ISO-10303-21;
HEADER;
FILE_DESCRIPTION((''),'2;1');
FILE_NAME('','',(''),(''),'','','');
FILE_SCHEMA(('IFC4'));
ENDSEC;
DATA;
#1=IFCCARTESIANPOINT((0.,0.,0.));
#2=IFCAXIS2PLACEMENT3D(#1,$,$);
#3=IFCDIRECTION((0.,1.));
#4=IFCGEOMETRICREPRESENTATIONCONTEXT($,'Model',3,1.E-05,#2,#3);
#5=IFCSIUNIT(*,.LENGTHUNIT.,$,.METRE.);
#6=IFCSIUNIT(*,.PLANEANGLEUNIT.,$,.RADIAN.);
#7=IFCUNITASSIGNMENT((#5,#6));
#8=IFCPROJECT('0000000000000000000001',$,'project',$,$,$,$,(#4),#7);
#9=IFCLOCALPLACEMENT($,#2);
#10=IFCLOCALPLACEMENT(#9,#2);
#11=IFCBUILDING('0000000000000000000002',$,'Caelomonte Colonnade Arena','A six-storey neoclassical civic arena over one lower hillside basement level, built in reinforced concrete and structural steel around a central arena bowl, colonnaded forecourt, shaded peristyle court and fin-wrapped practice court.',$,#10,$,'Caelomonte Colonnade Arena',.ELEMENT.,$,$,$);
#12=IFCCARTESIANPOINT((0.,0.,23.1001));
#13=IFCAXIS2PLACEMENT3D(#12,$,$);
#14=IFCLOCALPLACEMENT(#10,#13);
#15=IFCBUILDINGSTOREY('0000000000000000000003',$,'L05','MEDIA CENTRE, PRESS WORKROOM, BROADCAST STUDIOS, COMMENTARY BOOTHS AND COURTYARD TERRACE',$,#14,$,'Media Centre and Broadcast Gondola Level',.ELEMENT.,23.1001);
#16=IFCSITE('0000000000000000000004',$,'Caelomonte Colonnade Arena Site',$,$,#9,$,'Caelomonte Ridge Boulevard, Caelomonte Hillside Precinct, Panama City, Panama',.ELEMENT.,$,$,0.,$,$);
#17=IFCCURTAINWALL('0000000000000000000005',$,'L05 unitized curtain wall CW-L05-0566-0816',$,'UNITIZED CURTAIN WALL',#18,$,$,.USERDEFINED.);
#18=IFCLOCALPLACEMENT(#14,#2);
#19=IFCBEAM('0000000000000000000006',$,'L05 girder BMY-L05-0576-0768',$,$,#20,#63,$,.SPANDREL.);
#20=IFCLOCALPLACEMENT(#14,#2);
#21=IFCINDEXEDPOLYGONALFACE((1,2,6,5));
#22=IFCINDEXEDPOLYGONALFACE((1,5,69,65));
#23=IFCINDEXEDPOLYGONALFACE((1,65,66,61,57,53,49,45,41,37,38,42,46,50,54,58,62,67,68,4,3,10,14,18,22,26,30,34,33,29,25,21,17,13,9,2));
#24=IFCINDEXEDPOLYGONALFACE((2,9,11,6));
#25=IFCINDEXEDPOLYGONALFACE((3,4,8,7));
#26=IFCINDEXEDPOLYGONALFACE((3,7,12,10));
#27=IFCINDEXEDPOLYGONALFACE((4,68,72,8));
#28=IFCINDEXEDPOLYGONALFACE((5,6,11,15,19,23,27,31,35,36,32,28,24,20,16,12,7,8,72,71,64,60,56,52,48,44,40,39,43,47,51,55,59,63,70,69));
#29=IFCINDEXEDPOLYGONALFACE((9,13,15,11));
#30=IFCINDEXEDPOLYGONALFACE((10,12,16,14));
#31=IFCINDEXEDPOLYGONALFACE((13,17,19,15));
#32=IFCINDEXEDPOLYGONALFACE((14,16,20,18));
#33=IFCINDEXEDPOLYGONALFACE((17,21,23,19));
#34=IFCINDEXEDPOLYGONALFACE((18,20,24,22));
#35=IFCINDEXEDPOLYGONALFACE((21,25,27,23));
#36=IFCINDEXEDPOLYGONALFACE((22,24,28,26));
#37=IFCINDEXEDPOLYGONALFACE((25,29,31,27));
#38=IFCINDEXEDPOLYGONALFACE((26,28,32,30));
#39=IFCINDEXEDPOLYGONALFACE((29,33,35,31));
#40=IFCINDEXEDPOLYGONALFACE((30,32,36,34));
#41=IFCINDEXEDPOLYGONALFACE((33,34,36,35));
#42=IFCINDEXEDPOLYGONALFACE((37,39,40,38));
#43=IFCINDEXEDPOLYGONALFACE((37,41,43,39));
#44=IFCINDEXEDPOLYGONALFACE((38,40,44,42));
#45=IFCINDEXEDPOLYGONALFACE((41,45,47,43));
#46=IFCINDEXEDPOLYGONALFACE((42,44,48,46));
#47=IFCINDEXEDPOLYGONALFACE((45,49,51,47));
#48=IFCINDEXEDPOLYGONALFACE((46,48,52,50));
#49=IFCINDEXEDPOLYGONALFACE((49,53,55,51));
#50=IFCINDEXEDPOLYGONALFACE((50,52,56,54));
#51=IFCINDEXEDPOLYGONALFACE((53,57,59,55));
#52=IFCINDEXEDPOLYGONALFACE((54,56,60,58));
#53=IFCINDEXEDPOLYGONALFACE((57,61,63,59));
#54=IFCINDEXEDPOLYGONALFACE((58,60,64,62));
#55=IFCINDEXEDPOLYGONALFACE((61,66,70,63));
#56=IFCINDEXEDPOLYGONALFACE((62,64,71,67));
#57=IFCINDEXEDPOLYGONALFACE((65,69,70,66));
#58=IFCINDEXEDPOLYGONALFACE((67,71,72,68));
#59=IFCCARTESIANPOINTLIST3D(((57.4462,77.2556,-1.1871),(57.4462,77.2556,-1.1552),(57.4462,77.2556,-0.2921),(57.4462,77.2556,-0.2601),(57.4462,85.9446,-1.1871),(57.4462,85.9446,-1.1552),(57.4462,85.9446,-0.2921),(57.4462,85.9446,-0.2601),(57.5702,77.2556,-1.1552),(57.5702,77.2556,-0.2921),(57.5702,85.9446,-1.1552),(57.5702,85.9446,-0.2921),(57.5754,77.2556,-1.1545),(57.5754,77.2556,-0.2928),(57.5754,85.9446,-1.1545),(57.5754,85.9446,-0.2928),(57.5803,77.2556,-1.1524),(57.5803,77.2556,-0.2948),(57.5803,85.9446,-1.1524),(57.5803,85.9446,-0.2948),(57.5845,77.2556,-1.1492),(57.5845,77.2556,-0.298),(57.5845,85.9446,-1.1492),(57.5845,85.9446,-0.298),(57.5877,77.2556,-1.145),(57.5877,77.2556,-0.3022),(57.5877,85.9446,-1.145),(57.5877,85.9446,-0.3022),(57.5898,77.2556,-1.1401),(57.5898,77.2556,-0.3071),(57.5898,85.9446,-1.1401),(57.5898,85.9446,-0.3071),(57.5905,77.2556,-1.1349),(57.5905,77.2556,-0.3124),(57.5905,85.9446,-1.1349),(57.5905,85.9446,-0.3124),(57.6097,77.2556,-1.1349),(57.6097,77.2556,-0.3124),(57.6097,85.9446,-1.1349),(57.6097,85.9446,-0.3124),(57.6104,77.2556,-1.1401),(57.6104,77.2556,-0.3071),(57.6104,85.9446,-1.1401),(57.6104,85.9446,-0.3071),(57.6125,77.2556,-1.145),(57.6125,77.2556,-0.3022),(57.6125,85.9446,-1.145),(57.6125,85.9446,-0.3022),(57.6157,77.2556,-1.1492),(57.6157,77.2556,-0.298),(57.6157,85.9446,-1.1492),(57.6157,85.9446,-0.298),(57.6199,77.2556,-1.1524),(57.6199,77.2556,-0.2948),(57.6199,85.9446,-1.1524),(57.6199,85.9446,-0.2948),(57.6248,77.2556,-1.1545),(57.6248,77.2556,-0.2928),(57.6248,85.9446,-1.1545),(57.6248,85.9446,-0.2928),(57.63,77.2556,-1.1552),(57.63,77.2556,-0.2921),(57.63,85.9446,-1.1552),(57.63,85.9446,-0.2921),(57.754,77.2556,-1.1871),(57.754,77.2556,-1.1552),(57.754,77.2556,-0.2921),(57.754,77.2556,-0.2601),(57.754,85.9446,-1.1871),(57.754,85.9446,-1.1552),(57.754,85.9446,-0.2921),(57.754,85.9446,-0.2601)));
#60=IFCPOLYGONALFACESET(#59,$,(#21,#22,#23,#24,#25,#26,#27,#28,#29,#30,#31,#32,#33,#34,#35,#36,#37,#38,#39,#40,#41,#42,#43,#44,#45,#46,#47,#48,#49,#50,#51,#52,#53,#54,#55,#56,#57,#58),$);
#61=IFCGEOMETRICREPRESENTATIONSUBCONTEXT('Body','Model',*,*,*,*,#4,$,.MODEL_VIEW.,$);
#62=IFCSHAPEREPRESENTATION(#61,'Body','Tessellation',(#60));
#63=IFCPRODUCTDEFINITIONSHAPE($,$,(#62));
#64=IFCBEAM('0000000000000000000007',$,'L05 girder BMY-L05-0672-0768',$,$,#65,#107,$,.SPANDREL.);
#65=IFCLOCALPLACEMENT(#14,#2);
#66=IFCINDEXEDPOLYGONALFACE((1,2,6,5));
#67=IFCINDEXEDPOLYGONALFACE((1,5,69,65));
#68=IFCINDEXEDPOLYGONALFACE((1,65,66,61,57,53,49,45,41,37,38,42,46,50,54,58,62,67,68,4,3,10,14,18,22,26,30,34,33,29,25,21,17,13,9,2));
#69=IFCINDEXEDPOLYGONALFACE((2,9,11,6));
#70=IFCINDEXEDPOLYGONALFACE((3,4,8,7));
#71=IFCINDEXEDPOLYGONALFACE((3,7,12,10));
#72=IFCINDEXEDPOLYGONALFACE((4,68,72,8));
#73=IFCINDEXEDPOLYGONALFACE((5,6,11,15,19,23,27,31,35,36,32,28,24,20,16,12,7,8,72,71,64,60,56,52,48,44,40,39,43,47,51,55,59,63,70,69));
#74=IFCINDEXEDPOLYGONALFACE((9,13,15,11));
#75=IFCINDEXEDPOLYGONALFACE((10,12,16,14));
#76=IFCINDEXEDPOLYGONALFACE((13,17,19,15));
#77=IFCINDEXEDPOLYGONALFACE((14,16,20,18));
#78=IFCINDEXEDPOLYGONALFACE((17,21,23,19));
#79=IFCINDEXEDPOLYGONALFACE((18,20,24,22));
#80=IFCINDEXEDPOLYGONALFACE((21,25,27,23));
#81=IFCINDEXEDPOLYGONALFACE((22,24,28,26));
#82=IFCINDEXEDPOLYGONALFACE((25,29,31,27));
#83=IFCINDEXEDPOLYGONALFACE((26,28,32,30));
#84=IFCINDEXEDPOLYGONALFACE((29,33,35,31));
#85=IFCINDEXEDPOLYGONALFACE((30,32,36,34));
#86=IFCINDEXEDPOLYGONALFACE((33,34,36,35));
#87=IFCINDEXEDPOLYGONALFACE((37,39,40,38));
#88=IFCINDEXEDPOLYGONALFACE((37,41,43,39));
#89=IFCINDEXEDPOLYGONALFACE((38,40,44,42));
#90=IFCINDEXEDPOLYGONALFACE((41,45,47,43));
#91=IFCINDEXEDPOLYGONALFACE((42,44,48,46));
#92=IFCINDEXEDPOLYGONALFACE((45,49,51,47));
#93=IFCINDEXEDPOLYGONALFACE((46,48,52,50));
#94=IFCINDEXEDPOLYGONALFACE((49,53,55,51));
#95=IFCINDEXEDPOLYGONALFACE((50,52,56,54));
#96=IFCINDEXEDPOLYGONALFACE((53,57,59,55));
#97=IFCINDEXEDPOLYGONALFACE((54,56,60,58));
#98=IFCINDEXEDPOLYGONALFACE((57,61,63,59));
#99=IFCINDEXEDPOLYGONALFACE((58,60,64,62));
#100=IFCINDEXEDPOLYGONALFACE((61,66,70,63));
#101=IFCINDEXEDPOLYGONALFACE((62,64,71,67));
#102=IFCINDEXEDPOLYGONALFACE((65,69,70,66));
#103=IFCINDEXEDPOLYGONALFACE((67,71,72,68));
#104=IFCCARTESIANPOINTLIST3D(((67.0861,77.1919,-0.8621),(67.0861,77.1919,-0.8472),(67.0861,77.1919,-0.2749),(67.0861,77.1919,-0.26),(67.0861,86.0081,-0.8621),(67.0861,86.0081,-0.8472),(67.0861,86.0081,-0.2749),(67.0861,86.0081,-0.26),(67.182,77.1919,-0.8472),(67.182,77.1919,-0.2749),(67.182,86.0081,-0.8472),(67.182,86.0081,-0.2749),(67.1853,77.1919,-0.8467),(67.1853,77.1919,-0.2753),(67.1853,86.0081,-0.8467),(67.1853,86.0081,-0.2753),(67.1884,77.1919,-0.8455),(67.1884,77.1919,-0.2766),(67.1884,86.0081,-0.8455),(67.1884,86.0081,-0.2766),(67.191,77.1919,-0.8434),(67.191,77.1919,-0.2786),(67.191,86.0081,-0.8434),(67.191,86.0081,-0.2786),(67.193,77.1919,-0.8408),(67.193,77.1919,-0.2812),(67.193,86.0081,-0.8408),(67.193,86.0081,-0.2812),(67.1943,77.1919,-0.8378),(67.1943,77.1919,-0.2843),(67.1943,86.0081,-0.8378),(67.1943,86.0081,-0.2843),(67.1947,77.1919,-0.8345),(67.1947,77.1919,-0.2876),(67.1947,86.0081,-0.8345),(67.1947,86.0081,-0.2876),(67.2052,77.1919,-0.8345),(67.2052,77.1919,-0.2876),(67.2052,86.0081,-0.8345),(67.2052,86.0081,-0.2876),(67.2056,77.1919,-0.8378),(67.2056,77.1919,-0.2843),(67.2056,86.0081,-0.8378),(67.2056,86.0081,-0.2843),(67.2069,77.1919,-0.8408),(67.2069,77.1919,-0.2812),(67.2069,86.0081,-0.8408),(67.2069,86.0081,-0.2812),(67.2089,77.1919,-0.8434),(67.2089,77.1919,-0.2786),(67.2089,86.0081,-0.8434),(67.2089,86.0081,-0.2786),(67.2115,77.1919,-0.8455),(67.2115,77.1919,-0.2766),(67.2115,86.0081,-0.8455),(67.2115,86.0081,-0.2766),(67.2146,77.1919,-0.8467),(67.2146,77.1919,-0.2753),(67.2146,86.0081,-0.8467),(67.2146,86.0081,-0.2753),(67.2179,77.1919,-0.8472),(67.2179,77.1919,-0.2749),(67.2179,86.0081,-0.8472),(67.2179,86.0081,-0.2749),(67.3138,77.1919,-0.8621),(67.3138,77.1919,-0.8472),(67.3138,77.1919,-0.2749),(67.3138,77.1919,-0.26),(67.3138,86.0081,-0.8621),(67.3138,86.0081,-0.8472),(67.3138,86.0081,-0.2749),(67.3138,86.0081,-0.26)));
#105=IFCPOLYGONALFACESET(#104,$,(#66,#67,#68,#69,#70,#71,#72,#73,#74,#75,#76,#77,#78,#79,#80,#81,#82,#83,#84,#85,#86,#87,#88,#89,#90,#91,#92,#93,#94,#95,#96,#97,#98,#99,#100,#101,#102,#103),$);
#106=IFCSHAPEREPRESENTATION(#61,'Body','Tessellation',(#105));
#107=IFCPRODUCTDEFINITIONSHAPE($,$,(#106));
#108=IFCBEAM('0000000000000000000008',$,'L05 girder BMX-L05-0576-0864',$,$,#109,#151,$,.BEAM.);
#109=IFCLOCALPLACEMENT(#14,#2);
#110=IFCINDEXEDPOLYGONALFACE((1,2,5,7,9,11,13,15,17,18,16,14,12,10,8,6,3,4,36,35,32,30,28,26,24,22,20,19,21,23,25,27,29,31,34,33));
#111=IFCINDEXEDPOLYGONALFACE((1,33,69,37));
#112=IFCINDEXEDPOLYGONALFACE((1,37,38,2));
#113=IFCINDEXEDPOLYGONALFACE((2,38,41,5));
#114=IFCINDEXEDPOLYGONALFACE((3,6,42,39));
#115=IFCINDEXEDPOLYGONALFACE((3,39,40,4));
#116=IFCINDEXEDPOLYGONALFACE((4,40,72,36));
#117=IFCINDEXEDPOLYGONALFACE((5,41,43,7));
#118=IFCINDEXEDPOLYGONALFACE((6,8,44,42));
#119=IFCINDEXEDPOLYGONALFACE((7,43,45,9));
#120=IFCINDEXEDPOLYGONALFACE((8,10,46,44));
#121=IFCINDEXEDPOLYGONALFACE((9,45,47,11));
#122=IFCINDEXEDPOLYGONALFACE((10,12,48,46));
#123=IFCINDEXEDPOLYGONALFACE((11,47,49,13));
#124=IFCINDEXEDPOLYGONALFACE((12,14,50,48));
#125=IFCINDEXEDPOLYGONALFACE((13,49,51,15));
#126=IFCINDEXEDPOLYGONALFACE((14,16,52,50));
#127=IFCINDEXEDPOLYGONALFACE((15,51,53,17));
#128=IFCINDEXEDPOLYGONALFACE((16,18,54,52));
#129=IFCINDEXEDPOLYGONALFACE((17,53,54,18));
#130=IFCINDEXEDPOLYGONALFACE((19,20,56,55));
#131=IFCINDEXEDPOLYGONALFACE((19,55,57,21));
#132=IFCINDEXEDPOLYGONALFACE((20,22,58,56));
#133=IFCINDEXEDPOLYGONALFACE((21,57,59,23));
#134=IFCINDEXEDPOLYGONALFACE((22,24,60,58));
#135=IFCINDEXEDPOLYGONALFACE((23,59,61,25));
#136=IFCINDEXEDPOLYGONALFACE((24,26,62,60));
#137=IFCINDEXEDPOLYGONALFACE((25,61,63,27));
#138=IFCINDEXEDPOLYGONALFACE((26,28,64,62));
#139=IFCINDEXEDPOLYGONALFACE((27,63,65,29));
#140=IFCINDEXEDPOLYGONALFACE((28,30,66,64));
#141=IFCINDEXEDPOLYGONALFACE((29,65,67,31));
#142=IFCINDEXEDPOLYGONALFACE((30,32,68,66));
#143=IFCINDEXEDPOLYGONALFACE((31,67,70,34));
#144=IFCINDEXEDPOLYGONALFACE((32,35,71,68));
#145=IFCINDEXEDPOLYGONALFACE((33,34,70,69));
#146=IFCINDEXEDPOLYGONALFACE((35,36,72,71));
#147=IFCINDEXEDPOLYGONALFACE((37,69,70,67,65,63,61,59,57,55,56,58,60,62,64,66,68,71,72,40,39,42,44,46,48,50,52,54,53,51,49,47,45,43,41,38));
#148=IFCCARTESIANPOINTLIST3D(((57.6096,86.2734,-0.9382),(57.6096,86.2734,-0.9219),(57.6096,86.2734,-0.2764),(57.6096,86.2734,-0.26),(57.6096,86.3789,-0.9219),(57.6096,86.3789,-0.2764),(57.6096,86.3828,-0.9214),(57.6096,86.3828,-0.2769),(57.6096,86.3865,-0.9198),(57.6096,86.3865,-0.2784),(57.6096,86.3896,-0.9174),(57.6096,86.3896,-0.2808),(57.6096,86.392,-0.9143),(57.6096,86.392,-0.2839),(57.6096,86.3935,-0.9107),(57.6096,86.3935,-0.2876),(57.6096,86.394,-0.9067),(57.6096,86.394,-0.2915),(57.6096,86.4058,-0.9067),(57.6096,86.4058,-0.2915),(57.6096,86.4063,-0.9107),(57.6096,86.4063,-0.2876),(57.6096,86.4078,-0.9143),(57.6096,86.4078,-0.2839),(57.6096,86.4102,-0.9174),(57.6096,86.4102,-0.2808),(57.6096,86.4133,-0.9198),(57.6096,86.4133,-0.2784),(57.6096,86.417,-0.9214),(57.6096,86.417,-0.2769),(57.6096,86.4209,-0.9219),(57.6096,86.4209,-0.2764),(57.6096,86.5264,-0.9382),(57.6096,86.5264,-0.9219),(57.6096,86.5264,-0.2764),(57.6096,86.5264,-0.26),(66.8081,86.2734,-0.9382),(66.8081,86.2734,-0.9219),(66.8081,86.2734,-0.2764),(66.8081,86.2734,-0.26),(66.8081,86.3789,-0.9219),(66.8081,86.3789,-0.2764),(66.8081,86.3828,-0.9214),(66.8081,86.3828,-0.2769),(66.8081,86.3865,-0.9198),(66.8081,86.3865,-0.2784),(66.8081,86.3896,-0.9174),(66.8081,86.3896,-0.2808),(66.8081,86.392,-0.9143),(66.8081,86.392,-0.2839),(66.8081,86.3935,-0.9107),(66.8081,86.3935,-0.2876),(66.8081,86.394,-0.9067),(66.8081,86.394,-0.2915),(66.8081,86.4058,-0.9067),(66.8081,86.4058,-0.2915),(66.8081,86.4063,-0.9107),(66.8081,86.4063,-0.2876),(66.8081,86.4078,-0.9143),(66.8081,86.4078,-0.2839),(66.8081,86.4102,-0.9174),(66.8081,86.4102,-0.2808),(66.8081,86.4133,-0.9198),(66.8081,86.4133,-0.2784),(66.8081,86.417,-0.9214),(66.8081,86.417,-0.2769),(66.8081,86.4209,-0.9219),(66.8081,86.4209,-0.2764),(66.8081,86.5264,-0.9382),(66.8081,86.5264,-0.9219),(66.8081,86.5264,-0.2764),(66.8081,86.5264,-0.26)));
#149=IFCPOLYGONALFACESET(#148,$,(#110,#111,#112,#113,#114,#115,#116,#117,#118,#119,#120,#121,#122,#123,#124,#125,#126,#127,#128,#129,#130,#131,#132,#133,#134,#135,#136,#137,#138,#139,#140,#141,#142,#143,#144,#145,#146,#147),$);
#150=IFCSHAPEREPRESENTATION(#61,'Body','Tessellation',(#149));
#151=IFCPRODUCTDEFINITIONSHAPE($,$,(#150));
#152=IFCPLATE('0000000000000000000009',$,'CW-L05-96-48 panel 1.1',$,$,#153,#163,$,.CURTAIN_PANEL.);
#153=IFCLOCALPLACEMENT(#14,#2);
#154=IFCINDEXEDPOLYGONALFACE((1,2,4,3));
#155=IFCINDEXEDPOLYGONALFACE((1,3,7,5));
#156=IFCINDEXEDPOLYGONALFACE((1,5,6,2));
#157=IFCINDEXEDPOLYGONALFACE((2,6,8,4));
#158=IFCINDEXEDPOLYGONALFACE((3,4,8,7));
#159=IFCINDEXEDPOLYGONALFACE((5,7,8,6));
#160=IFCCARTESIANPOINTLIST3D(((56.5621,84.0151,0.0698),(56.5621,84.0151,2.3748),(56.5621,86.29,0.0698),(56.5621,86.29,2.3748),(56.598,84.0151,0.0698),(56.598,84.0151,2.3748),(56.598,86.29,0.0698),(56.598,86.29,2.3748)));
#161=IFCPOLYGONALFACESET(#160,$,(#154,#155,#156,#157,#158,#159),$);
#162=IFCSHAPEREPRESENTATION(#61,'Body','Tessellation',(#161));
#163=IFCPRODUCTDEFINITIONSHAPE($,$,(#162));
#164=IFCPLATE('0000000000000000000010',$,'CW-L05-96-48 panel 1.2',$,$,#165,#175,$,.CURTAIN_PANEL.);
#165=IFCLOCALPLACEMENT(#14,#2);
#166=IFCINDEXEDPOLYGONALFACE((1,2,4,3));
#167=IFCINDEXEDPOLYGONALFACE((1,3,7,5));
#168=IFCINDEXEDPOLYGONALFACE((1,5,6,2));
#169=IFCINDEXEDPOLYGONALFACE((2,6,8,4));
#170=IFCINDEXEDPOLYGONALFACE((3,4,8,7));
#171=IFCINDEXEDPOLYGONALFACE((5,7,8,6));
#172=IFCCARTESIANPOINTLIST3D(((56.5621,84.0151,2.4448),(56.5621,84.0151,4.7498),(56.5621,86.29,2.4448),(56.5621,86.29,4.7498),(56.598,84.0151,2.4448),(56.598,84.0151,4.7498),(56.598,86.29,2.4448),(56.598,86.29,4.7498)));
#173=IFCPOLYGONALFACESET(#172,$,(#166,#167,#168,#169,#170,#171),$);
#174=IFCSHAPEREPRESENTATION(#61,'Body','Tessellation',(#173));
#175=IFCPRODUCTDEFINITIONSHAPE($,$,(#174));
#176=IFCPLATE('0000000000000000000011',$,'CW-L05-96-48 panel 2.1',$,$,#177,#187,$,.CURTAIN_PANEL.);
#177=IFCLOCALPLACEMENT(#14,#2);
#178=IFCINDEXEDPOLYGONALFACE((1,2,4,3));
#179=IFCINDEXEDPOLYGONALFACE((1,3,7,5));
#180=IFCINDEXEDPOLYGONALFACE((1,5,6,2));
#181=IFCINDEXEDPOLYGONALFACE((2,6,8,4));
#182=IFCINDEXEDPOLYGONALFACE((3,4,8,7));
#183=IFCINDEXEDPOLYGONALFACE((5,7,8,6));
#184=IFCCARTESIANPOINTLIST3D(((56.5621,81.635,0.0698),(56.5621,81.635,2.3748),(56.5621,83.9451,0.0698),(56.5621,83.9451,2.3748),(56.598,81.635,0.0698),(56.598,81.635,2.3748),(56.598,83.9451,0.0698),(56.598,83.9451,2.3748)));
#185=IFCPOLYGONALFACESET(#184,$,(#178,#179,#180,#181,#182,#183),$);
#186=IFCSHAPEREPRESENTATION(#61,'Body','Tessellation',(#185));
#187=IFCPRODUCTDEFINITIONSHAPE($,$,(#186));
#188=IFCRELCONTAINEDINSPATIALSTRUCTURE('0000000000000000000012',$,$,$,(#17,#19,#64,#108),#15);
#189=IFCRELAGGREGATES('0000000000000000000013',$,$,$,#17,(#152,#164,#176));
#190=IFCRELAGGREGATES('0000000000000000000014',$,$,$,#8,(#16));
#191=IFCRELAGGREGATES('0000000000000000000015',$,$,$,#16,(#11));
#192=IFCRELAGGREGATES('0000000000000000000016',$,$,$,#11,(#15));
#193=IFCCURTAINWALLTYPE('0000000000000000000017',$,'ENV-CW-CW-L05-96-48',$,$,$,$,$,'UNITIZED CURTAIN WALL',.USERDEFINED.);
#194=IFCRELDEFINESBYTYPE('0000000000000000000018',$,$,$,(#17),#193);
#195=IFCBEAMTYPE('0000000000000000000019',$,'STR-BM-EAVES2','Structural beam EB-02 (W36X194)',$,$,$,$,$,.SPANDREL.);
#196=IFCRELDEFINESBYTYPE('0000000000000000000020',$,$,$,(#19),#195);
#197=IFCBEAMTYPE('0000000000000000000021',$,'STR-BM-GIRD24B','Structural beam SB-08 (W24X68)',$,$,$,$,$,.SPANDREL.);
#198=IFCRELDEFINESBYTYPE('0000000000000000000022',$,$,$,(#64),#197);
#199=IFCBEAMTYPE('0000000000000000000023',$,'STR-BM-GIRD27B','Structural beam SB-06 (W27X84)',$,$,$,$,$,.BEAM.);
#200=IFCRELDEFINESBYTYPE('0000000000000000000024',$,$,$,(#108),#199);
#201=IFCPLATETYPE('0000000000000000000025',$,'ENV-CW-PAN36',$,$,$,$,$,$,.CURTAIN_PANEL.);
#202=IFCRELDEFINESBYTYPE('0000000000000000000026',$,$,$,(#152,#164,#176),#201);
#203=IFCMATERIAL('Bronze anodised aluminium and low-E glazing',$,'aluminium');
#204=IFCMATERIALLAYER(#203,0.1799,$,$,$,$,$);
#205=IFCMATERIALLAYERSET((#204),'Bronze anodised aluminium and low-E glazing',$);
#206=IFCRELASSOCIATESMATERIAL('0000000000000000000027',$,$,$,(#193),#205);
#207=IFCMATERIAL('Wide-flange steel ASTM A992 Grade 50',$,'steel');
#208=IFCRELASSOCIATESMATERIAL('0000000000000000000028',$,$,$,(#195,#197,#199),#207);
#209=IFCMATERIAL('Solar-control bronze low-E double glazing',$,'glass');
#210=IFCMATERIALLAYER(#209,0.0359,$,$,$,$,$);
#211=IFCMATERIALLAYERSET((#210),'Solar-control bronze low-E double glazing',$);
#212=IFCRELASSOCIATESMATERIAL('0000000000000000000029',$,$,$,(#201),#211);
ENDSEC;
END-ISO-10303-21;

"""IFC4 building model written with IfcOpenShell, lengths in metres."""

from ifc_helpers import new_model, si_unit, direction, frame, origin, origin_2d, place, context, subcontext, project, spatial, rectangle, i_section, extrude, material, layer, layer_set, material_profile, profile_set, type_object, element, aggregate, save


model = new_model("IFC4")

# Units and contexts
model_context = context("Model", 3, precision=1e-05, world=origin(), true_north=direction((0.0, 1.0)))
body_context = subcontext(model_context, "Body", "Model", "MODEL_VIEW")
ifc_project = project(units=[si_unit("LENGTHUNIT", "METRE"), si_unit("PLANEANGLEUNIT", "RADIAN")], contexts=[model_context])

# Site, building, storey
site_placement = place(None, origin())
site = spatial("IfcSite", under=ifc_project, at=site_placement, Name="Caelomonte Colonnade Arena Site", LongName="Caelomonte Ridge Boulevard, Caelomonte Hillside Precinct, Panama City, Panama", CompositionType="ELEMENT", RefElevation=0.0)
building_placement = place(site_placement, origin())
building = spatial("IfcBuilding", under=site, at=building_placement, Name="Caelomonte Colonnade Arena", Description="A six-storey neoclassical civic arena over one lower hillside basement level, built in reinforced concrete and structural steel around a central arena bowl, colonnaded forecourt, shaded peristyle court and fin-wrapped practice court.", LongName="Caelomonte Colonnade Arena", CompositionType="ELEMENT")
storey_placement = place(building_placement, frame((0.0, 0.0, 23.1001)))
storey = spatial("IfcBuildingStorey", under=building, at=storey_placement, Name="L05", Description="MEDIA CENTRE, PRESS WORKROOM, BROADCAST STUDIOS, COMMENTARY BOOTHS AND COURTYARD TERRACE", LongName="Media Centre and Broadcast Gondola Level", CompositionType="ELEMENT", Elevation=23.1001)

# Shared definitions
ifc_material_1 = material(Name="Wide-flange steel ASTM A992 Grade 50", Category="steel")

# Curtain wall
ifc_material_2 = material(Name="Bronze anodised aluminium and low-E glazing", Category="aluminium")
ifc_layer_1 = layer(ifc_material_2, 0.1799)
ifc_layer_set_1 = layer_set([ifc_layer_1], Name="Bronze anodised aluminium and low-E glazing")
curtain_wall_type = type_object("IfcCurtainWallType", Name="ENV-CW-CW-L05-96-48", ElementType="UNITIZED CURTAIN WALL", PredefinedType="USERDEFINED", material=ifc_layer_set_1)
curtain_wall_placement = place(storey_placement, origin())
curtain_wall = element("IfcCurtainWall", 1, at=curtain_wall_placement, inside=storey, type_object=curtain_wall_type, Name="L05 unitized curtain wall CW-L05-0566-0816", ObjectType="UNITIZED CURTAIN WALL", PredefinedType="USERDEFINED")

# Beams
ifc_material_profile_1 = material_profile(ifc_material_1, i_section(OverallWidth=0.3079, OverallDepth=0.927, WebThickness=0.0193, FlangeThickness=0.032, FilletRadius=0.0203, at=origin_2d()), Name="W36X194")
ifc_profile_set_1 = profile_set([ifc_material_profile_1], Name="Wide-flange steel ASTM A992 Grade 50")
beam_type_1 = type_object("IfcBeamType", Name="STR-BM-EAVES2", Description="Structural beam EB-02 (W36X194)", PredefinedType="SPANDREL", material=ifc_profile_set_1)
beam_1_placement = place(storey_placement, frame((57.6001, 77.2556, -0.7236), z_axis=(0.0, 1.0, 0.0), x_axis=(-1.0, 0.0, 0.0)))
element("IfcBeam", 2, at=beam_1_placement, inside=storey, type_object=beam_type_1, Name="L05 girder BMY-L05-0576-0768", PredefinedType="SPANDREL", context=body_context, shape_type="SweptSolid", body=[
    extrude(i_section(OverallWidth=0.3079, OverallDepth=0.927, WebThickness=0.0193, FlangeThickness=0.032, FilletRadius=0.0203, at=origin_2d()), origin(), (0.0, 0.0, 1.0), 8.689),
])
ifc_material_profile_2 = material_profile(ifc_material_1, i_section(OverallWidth=0.2278, OverallDepth=0.6021, WebThickness=0.0105, FlangeThickness=0.0149, FilletRadius=0.0127, at=origin_2d()), Name="W24X68")
ifc_profile_set_2 = profile_set([ifc_material_profile_2], Name="Wide-flange steel ASTM A992 Grade 50")
beam_type_2 = type_object("IfcBeamType", Name="STR-BM-GIRD24B", Description="Structural beam SB-08 (W24X68)", PredefinedType="SPANDREL", material=ifc_profile_set_2)
beam_2_placement = place(storey_placement, frame((67.2, 77.1919, -0.561), z_axis=(0.0, 1.0, 0.0), x_axis=(-1.0, 0.0, 0.0)))
element("IfcBeam", 3, at=beam_2_placement, inside=storey, type_object=beam_type_2, Name="L05 girder BMY-L05-0672-0768", PredefinedType="SPANDREL", context=body_context, shape_type="SweptSolid", body=[
    extrude(i_section(OverallWidth=0.2278, OverallDepth=0.6021, WebThickness=0.0105, FlangeThickness=0.0149, FilletRadius=0.0127, at=origin_2d()), origin(), (0.0, 0.0, 1.0), 8.8162),
])
ifc_material_profile_3 = material_profile(ifc_material_1, i_section(OverallWidth=0.2529, OverallDepth=0.6782, WebThickness=0.0117, FlangeThickness=0.0164, FilletRadius=0.0151, at=origin_2d()), Name="W27X84")
ifc_profile_set_3 = profile_set([ifc_material_profile_3], Name="Wide-flange steel ASTM A992 Grade 50")
beam_type_3 = type_object("IfcBeamType", Name="STR-BM-GIRD27B", Description="Structural beam SB-06 (W27X84)", PredefinedType="BEAM", material=ifc_profile_set_3)
beam_3_placement = place(storey_placement, frame((57.6096, 86.3999, -0.5991), z_axis=(1.0, 0.0, 0.0), x_axis=(0.0, 1.0, 0.0)))
element("IfcBeam", 4, at=beam_3_placement, inside=storey, type_object=beam_type_3, Name="L05 girder BMX-L05-0576-0864", PredefinedType="BEAM", context=body_context, shape_type="SweptSolid", body=[
    extrude(i_section(OverallWidth=0.2529, OverallDepth=0.6782, WebThickness=0.0117, FlangeThickness=0.0164, FilletRadius=0.0151, at=origin_2d()), origin(), (0.0, 0.0, 1.0), 9.1985),
])

# Plates
ifc_material_3 = material(Name="Solar-control bronze low-E double glazing", Category="glass")
ifc_layer_2 = layer(ifc_material_3, 0.0359)
ifc_layer_set_2 = layer_set([ifc_layer_2], Name="Solar-control bronze low-E double glazing")
plate_type = type_object("IfcPlateType", Name="ENV-CW-PAN36", PredefinedType="CURTAIN_PANEL", material=ifc_layer_set_2)
plate_1_placement = place(storey_placement, frame((56.5801, 85.1526, 0.0698), z_axis=(0.0, 0.0, 1.0), x_axis=(0.0, -1.0, 0.0)))
plate_1 = element("IfcPlate", 5, at=plate_1_placement, type_object=plate_type, Name="CW-L05-96-48 panel 1.1", PredefinedType="CURTAIN_PANEL", context=body_context, shape_type="SweptSolid", body=[
    extrude(rectangle(XDim=2.2749, YDim=0.0359, at=origin_2d()), origin(), (0.0, 0.0, 1.0), 2.3049),
])
plate_2_placement = place(storey_placement, frame((56.5801, 85.1526, 2.4448), z_axis=(0.0, 0.0, 1.0), x_axis=(0.0, -1.0, 0.0)))
plate_2 = element("IfcPlate", 6, at=plate_2_placement, type_object=plate_type, Name="CW-L05-96-48 panel 1.2", PredefinedType="CURTAIN_PANEL", context=body_context, shape_type="SweptSolid", body=[
    extrude(rectangle(XDim=2.2749, YDim=0.0359, at=origin_2d()), origin(), (0.0, 0.0, 1.0), 2.3049),
])
plate_3_placement = place(storey_placement, frame((56.5801, 82.79, 0.0698), z_axis=(0.0, 0.0, 1.0), x_axis=(0.0, -1.0, 0.0)))
plate_3 = element("IfcPlate", 7, at=plate_3_placement, type_object=plate_type, Name="CW-L05-96-48 panel 2.1", PredefinedType="CURTAIN_PANEL", context=body_context, shape_type="SweptSolid", body=[
    extrude(rectangle(XDim=2.3101, YDim=0.0359, at=origin_2d()), origin(), (0.0, 0.0, 1.0), 2.3049),
])
aggregate(curtain_wall, [plate_1, plate_2, plate_3])

save(model, "model.ifc")
